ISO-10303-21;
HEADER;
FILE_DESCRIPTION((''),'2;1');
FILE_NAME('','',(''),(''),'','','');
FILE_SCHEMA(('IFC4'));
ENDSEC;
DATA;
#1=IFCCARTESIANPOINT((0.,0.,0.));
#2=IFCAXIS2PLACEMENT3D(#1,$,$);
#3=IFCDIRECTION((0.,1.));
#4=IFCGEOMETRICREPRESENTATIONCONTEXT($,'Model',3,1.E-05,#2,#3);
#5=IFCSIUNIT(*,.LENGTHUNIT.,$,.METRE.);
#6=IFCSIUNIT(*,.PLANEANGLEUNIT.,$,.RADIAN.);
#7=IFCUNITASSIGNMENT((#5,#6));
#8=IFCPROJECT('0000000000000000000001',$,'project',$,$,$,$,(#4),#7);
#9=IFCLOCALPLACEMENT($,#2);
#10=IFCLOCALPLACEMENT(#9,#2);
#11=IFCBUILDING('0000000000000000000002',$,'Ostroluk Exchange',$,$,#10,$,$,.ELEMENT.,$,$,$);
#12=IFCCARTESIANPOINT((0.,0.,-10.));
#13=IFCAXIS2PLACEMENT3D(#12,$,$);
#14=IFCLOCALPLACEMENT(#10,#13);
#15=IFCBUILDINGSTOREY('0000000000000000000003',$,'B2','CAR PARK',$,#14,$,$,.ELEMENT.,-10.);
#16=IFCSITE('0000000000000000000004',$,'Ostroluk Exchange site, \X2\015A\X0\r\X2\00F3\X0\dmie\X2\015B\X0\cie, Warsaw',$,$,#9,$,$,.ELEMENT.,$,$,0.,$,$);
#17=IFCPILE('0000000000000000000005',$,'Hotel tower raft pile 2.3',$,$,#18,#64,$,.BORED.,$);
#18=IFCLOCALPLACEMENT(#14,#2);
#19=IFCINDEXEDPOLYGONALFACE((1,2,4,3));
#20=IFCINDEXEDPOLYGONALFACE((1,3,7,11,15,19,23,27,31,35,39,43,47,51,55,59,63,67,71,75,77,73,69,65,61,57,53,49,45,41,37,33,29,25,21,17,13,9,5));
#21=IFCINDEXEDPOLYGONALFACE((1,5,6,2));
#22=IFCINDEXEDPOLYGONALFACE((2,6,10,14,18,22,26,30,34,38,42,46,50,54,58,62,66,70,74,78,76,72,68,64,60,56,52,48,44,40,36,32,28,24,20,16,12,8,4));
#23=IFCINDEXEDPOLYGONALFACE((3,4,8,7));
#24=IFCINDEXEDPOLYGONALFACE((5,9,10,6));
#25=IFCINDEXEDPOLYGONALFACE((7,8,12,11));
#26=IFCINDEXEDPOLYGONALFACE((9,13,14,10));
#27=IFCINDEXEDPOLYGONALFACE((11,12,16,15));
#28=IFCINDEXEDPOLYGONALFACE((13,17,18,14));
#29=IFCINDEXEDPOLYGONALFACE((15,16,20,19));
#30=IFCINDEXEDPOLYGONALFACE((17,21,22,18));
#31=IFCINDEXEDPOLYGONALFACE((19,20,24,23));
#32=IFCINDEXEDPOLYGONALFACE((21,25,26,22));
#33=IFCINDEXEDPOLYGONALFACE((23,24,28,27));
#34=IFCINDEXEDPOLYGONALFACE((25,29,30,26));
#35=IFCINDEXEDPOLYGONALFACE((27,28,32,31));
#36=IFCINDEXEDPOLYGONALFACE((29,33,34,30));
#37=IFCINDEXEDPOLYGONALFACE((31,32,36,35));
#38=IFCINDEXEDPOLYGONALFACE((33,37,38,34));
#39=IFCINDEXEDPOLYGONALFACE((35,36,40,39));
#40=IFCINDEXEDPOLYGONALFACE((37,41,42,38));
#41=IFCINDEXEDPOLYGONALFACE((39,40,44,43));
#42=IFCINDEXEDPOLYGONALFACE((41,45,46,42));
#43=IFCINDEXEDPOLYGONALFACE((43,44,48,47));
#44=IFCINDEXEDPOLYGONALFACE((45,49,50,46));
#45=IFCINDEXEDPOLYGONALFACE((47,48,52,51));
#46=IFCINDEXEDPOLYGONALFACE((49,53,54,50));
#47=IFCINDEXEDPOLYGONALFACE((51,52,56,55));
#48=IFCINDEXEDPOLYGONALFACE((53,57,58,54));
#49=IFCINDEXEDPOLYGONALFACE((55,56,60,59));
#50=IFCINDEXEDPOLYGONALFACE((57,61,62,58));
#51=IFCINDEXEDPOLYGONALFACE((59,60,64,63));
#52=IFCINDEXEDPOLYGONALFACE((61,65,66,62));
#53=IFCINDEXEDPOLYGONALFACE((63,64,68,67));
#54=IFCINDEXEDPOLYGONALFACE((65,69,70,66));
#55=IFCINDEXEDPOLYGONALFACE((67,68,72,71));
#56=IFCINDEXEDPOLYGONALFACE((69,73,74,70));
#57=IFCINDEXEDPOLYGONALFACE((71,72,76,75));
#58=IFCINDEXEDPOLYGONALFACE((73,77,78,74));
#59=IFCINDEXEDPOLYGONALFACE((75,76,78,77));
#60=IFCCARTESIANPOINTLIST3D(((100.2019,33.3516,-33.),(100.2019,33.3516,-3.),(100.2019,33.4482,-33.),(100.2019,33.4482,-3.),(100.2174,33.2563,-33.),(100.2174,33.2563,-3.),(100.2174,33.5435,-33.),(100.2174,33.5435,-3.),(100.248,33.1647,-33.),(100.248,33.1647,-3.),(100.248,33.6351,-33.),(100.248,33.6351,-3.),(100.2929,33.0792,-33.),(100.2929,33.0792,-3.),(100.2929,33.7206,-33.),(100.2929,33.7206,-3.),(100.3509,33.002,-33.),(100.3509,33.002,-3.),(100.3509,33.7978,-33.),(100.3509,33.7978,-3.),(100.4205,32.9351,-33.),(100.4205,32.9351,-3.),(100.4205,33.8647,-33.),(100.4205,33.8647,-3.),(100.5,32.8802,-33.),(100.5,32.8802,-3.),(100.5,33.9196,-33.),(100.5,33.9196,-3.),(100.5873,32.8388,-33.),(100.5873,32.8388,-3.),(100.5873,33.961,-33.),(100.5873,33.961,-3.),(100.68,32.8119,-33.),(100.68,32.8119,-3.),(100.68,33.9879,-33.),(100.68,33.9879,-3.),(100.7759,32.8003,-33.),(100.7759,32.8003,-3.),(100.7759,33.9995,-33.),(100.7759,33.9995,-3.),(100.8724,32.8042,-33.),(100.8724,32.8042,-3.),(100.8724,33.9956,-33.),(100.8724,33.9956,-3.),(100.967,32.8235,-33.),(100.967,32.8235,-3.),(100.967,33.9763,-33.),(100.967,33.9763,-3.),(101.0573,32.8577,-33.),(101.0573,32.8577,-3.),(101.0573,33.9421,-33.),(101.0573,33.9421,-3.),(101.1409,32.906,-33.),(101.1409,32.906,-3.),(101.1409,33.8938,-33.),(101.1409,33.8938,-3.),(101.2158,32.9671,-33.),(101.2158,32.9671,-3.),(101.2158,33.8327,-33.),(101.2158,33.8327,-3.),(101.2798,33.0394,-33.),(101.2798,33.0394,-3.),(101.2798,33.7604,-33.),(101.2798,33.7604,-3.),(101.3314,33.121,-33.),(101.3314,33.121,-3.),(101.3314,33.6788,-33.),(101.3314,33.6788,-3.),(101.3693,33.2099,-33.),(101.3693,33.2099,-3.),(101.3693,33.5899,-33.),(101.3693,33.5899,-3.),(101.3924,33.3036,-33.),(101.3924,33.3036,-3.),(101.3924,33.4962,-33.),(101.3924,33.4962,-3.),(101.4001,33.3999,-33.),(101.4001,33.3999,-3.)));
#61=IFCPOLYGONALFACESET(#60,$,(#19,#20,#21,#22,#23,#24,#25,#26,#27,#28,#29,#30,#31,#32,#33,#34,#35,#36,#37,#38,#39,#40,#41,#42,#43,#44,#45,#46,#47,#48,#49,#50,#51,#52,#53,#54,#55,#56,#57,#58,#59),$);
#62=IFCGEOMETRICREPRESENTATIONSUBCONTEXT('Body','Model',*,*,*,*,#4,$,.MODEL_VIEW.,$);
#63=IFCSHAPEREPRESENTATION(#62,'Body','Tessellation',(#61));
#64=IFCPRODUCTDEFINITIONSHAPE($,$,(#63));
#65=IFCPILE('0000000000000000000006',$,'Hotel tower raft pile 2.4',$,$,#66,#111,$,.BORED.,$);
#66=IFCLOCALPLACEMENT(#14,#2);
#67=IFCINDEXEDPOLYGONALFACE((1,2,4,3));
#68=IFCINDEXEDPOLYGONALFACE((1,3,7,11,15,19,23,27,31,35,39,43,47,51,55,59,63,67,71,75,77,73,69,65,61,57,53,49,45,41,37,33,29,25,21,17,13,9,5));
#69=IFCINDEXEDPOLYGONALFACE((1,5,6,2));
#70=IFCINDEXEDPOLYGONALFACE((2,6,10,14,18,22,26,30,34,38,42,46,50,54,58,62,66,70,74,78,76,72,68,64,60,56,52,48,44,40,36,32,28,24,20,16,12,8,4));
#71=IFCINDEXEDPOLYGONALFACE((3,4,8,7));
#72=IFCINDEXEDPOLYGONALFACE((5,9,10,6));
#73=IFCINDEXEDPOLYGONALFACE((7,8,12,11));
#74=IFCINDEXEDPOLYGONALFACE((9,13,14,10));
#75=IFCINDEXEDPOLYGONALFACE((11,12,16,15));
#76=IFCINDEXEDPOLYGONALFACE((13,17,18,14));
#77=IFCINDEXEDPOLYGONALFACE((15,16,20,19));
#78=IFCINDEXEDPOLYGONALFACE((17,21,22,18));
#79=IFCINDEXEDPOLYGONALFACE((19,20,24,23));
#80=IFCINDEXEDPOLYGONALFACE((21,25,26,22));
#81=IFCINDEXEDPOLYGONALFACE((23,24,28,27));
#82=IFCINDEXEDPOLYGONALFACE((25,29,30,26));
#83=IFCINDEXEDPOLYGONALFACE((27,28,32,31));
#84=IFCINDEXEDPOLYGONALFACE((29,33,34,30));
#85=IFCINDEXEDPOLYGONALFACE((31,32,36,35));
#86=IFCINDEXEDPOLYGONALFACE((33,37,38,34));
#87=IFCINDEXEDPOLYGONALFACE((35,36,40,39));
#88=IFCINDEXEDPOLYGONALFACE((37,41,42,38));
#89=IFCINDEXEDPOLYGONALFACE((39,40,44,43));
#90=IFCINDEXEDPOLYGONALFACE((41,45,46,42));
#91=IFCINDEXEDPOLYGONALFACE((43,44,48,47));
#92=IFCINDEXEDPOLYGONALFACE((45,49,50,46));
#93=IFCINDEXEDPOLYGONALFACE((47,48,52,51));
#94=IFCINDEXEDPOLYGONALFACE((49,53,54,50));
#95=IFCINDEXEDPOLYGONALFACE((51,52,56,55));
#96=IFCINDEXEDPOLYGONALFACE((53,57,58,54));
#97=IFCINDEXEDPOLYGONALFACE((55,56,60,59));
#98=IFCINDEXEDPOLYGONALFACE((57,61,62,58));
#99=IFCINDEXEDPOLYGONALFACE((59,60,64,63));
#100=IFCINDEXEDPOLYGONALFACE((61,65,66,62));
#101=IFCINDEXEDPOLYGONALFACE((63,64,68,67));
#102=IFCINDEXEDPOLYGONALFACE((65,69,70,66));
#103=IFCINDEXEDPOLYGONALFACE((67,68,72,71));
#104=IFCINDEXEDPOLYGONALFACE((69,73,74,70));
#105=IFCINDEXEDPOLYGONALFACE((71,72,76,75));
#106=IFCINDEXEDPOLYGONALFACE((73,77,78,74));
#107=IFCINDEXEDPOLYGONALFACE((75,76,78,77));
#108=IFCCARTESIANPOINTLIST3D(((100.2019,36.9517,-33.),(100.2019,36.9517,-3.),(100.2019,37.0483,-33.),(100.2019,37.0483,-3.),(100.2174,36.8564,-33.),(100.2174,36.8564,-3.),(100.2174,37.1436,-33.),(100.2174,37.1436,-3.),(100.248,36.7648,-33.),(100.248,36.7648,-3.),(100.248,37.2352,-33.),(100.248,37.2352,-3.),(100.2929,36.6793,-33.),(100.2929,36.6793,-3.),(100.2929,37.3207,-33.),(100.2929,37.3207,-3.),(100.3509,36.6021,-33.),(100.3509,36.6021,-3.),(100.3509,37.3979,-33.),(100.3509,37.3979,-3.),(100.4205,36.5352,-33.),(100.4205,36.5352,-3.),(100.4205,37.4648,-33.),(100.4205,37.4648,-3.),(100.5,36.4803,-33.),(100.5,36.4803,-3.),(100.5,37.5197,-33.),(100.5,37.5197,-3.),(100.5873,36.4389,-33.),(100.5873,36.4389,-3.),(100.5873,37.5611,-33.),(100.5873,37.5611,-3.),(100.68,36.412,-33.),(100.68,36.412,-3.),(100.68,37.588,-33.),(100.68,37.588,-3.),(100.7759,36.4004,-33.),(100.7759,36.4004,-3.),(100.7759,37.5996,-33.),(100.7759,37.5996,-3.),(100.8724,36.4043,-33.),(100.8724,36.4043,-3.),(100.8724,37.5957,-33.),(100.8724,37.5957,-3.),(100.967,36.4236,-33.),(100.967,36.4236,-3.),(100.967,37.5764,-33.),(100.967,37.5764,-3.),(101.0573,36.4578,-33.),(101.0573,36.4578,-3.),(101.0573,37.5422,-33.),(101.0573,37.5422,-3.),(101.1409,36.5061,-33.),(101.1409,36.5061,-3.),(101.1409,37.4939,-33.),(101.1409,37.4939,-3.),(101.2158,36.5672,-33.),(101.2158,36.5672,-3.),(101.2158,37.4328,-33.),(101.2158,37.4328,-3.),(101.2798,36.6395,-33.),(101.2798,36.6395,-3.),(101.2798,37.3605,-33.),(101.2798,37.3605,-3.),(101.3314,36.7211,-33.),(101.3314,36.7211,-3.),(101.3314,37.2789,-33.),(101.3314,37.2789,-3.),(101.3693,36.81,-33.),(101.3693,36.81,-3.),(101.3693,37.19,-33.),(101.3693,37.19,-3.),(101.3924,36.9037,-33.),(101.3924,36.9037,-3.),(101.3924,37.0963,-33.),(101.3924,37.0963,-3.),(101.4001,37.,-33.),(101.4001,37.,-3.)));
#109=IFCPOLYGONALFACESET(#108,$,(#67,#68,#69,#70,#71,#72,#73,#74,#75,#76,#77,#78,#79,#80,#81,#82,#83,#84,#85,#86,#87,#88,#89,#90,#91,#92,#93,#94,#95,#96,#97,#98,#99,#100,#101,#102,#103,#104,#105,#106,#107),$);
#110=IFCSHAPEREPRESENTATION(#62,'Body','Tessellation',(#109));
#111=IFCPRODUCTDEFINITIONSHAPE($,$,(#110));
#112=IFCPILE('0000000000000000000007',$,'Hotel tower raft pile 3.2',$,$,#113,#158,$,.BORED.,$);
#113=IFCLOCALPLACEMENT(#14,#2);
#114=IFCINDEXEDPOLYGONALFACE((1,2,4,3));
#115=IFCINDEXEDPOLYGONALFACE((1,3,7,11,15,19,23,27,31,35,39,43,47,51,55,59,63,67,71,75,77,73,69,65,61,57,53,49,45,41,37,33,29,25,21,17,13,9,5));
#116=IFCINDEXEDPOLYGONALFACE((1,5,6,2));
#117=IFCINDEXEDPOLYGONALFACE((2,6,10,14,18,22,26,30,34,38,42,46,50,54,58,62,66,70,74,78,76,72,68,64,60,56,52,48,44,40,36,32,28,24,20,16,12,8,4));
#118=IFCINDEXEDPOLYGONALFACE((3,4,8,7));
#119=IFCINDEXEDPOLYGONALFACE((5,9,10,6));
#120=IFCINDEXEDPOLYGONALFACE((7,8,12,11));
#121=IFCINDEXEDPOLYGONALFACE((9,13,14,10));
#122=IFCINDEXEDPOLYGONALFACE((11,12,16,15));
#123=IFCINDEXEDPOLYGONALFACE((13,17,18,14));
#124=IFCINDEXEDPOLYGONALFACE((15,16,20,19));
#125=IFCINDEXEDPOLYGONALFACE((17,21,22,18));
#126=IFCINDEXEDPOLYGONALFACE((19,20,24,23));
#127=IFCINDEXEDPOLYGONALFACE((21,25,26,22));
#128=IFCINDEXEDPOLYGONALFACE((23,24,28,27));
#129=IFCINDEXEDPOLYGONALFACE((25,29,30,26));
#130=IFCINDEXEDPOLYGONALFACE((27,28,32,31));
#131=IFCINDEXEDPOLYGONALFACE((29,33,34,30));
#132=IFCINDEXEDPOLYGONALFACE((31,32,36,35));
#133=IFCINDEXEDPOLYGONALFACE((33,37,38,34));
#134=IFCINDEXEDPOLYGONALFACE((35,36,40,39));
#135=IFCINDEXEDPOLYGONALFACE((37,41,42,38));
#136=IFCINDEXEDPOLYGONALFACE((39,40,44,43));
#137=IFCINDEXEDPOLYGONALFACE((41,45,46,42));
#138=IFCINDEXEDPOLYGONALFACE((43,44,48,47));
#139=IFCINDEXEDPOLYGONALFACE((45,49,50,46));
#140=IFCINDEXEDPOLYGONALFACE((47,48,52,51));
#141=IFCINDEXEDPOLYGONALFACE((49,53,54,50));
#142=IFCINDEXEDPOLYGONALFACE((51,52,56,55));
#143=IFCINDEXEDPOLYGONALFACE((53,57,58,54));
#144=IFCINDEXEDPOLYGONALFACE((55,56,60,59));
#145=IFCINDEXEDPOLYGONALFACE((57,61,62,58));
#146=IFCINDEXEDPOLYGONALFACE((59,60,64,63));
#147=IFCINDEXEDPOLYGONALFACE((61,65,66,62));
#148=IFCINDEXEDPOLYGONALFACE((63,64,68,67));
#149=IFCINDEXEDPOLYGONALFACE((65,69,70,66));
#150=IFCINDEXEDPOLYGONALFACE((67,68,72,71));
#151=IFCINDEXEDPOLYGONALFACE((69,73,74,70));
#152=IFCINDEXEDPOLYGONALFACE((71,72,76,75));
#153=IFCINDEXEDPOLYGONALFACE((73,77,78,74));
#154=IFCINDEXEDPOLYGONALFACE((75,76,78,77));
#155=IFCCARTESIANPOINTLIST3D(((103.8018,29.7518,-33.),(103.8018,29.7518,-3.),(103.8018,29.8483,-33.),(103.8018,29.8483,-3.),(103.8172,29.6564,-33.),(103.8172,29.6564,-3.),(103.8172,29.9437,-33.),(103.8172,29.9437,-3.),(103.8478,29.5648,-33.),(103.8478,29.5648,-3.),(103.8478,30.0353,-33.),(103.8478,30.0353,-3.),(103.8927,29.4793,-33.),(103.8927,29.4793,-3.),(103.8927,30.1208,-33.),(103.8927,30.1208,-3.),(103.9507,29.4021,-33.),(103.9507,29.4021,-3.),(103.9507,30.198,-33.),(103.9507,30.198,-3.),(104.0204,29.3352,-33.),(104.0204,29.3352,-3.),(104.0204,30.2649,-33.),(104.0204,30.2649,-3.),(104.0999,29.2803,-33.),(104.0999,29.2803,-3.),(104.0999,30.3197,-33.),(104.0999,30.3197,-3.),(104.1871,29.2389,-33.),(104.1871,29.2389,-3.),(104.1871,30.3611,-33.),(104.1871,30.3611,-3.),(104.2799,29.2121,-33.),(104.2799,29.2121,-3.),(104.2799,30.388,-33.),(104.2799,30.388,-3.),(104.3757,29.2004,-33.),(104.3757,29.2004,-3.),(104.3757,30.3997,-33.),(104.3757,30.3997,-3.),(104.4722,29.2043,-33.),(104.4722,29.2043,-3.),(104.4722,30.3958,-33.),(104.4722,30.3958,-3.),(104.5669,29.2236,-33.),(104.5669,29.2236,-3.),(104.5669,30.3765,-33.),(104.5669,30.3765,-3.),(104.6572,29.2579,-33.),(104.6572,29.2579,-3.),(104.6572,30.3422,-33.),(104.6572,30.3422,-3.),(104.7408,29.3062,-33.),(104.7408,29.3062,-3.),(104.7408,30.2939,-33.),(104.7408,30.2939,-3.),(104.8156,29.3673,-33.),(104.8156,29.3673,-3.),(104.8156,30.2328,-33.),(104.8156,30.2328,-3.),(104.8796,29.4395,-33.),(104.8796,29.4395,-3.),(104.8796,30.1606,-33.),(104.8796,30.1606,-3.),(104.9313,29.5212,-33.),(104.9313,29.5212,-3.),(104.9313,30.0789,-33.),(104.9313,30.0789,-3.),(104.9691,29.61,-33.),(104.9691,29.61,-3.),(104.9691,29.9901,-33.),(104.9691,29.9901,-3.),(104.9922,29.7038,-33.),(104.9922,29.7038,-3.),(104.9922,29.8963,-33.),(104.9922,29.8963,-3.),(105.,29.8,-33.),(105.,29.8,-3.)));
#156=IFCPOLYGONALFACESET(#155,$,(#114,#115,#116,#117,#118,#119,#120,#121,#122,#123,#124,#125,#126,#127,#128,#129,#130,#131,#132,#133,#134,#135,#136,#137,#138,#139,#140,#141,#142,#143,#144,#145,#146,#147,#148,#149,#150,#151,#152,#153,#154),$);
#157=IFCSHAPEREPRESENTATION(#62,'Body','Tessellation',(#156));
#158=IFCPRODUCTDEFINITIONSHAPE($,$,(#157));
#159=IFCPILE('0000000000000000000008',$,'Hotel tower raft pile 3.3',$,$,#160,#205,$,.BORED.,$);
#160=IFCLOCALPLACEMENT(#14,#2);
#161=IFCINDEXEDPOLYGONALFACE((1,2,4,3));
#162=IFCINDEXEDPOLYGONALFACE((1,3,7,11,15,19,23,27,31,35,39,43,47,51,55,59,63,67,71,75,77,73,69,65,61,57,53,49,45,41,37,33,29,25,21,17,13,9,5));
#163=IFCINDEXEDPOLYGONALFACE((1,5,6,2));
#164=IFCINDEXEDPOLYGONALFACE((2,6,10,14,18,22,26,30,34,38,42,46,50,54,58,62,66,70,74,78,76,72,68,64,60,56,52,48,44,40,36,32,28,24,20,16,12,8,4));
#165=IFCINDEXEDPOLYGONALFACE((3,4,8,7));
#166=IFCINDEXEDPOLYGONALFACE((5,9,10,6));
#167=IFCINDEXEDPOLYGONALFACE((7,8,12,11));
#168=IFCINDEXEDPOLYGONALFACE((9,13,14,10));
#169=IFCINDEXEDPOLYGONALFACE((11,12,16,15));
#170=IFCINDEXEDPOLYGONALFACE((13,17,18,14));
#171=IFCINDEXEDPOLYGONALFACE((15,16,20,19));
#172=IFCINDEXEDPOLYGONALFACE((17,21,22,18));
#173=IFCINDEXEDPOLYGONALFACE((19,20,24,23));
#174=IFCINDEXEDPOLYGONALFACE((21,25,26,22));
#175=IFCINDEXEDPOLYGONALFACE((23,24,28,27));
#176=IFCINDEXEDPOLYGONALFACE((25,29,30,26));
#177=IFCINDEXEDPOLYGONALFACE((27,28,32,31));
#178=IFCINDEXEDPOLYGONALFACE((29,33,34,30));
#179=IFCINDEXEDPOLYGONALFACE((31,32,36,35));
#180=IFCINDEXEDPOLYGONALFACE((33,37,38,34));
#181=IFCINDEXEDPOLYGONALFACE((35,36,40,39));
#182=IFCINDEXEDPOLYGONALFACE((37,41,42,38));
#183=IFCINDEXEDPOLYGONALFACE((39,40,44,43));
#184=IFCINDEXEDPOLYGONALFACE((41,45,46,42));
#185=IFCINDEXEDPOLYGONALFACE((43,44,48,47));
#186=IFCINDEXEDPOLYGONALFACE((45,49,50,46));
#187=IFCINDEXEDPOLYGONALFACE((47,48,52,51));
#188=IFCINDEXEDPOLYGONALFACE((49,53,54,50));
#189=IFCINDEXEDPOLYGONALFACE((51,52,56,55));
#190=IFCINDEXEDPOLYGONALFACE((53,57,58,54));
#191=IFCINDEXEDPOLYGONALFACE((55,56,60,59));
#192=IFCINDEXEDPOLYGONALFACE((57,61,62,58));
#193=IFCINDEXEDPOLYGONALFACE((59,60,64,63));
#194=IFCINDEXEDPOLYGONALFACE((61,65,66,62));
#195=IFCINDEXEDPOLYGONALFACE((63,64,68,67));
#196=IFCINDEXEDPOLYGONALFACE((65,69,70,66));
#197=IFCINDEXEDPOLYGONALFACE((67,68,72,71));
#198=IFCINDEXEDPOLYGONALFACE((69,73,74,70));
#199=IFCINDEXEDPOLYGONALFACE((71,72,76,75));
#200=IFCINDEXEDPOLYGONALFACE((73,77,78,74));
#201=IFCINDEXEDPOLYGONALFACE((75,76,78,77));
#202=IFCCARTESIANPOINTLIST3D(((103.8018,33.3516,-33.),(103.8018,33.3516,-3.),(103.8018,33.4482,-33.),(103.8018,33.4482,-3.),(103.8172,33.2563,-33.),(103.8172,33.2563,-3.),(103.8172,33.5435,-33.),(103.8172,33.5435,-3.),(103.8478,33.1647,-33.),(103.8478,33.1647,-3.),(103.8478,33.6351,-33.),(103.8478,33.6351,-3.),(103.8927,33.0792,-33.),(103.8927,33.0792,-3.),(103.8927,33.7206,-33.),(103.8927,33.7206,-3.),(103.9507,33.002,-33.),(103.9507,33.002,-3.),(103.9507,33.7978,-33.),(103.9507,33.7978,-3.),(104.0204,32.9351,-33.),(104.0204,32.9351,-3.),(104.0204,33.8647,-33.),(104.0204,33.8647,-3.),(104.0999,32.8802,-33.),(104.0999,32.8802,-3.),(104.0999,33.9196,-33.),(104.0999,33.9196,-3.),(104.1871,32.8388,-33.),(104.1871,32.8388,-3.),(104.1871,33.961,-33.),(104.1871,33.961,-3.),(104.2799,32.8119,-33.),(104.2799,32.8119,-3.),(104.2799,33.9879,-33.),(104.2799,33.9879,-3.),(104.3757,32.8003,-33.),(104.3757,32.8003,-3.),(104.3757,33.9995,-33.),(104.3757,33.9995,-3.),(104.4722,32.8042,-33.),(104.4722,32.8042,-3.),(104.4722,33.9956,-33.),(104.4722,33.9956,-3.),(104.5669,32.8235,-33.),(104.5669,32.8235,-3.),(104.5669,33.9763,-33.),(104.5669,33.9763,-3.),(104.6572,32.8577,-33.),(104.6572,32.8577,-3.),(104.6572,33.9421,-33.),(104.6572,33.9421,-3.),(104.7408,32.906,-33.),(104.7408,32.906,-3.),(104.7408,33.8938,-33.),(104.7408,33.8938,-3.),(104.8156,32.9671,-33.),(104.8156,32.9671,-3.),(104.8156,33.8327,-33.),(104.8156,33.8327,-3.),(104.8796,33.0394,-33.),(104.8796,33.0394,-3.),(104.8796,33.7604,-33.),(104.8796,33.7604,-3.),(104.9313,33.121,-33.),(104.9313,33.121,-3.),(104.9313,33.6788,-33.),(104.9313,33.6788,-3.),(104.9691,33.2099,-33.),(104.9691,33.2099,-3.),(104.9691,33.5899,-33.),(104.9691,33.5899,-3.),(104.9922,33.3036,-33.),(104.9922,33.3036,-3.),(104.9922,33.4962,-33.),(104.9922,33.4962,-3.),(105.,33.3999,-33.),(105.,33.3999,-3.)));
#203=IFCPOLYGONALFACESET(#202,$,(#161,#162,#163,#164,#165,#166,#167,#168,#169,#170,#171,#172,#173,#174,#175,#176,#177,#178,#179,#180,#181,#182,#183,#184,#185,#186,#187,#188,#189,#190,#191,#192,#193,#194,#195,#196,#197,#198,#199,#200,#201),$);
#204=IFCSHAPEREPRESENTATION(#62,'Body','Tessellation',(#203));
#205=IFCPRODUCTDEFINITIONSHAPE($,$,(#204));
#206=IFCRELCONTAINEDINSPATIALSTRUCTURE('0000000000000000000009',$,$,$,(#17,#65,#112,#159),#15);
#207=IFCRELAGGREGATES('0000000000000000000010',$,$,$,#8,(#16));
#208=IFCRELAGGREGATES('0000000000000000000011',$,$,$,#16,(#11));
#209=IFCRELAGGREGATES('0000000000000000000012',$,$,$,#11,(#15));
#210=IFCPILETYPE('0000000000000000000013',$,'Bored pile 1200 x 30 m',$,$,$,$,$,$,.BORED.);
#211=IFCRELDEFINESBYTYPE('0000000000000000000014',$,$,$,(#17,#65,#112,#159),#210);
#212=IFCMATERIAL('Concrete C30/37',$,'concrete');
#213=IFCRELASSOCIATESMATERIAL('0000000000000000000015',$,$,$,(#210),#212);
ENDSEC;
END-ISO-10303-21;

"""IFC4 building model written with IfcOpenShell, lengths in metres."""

from ifc_helpers import new_model, si_unit, direction, frame, origin, origin_2d, place, context, subcontext, project, spatial, circle, extrude, material, type_object, element, save


model = new_model("IFC4")

# Units and contexts
model_context = context("Model", 3, precision=1e-05, world=origin(), true_north=direction((0.0, 1.0)))
body_context = subcontext(model_context, "Body", "Model", "MODEL_VIEW")
ifc_project = project(units=[si_unit("LENGTHUNIT", "METRE"), si_unit("PLANEANGLEUNIT", "RADIAN")], contexts=[model_context])

# Site, building, storey
site_placement = place(None, origin())
site = spatial("IfcSite", under=ifc_project, at=site_placement, Name="Ostroluk Exchange site, Śródmieście, Warsaw", CompositionType="ELEMENT", RefElevation=0.0)
building_placement = place(site_placement, origin())
building = spatial("IfcBuilding", under=site, at=building_placement, Name="Ostroluk Exchange", CompositionType="ELEMENT")
storey_placement = place(building_placement, frame((0.0, 0.0, -10.0)))
storey = spatial("IfcBuildingStorey", under=building, at=storey_placement, Name="B2", Description="CAR PARK", CompositionType="ELEMENT", Elevation=-10.0)

# Piles
ifc_material_1 = material(Name="Concrete C30/37", Category="concrete")
pile_type_1 = type_object("IfcPileType", Name="Bored pile 1200 x 30 m", PredefinedType="BORED", material=ifc_material_1)
for number, where, z_axis, x_axis, name in (
    (1, (100.8, 33.3999, -3.0), (0.0, 0.0, -1.0), (1.0, 0.0, 0.0), "Hotel tower raft pile 2.3"),
    (2, (100.8, 37.0, -3.0), (0.0, 0.0, -1.0), (1.0, 0.0, 0.0), "Hotel tower raft pile 2.4"),
    (3, (104.3999, 29.8, -3.0), (0.0, 0.0, -1.0), (1.0, 0.0, 0.0), "Hotel tower raft pile 3.2"),
    (4, (104.3999, 33.3999, -3.0), (0.0, 0.0, -1.0), (1.0, 0.0, 0.0), "Hotel tower raft pile 3.3"),
):
    element("IfcPile", number, at=place(storey_placement, frame(where, z_axis=z_axis, x_axis=x_axis)), inside=storey, type_object=pile_type_1, Name=name, PredefinedType="BORED", context=body_context, shape_type="SweptSolid", body=[
        extrude(circle(Radius=0.6001, at=origin_2d()), origin(), (0.0, 0.0, 1.0), 30.0),
    ])

save(model, "model.ifc")
